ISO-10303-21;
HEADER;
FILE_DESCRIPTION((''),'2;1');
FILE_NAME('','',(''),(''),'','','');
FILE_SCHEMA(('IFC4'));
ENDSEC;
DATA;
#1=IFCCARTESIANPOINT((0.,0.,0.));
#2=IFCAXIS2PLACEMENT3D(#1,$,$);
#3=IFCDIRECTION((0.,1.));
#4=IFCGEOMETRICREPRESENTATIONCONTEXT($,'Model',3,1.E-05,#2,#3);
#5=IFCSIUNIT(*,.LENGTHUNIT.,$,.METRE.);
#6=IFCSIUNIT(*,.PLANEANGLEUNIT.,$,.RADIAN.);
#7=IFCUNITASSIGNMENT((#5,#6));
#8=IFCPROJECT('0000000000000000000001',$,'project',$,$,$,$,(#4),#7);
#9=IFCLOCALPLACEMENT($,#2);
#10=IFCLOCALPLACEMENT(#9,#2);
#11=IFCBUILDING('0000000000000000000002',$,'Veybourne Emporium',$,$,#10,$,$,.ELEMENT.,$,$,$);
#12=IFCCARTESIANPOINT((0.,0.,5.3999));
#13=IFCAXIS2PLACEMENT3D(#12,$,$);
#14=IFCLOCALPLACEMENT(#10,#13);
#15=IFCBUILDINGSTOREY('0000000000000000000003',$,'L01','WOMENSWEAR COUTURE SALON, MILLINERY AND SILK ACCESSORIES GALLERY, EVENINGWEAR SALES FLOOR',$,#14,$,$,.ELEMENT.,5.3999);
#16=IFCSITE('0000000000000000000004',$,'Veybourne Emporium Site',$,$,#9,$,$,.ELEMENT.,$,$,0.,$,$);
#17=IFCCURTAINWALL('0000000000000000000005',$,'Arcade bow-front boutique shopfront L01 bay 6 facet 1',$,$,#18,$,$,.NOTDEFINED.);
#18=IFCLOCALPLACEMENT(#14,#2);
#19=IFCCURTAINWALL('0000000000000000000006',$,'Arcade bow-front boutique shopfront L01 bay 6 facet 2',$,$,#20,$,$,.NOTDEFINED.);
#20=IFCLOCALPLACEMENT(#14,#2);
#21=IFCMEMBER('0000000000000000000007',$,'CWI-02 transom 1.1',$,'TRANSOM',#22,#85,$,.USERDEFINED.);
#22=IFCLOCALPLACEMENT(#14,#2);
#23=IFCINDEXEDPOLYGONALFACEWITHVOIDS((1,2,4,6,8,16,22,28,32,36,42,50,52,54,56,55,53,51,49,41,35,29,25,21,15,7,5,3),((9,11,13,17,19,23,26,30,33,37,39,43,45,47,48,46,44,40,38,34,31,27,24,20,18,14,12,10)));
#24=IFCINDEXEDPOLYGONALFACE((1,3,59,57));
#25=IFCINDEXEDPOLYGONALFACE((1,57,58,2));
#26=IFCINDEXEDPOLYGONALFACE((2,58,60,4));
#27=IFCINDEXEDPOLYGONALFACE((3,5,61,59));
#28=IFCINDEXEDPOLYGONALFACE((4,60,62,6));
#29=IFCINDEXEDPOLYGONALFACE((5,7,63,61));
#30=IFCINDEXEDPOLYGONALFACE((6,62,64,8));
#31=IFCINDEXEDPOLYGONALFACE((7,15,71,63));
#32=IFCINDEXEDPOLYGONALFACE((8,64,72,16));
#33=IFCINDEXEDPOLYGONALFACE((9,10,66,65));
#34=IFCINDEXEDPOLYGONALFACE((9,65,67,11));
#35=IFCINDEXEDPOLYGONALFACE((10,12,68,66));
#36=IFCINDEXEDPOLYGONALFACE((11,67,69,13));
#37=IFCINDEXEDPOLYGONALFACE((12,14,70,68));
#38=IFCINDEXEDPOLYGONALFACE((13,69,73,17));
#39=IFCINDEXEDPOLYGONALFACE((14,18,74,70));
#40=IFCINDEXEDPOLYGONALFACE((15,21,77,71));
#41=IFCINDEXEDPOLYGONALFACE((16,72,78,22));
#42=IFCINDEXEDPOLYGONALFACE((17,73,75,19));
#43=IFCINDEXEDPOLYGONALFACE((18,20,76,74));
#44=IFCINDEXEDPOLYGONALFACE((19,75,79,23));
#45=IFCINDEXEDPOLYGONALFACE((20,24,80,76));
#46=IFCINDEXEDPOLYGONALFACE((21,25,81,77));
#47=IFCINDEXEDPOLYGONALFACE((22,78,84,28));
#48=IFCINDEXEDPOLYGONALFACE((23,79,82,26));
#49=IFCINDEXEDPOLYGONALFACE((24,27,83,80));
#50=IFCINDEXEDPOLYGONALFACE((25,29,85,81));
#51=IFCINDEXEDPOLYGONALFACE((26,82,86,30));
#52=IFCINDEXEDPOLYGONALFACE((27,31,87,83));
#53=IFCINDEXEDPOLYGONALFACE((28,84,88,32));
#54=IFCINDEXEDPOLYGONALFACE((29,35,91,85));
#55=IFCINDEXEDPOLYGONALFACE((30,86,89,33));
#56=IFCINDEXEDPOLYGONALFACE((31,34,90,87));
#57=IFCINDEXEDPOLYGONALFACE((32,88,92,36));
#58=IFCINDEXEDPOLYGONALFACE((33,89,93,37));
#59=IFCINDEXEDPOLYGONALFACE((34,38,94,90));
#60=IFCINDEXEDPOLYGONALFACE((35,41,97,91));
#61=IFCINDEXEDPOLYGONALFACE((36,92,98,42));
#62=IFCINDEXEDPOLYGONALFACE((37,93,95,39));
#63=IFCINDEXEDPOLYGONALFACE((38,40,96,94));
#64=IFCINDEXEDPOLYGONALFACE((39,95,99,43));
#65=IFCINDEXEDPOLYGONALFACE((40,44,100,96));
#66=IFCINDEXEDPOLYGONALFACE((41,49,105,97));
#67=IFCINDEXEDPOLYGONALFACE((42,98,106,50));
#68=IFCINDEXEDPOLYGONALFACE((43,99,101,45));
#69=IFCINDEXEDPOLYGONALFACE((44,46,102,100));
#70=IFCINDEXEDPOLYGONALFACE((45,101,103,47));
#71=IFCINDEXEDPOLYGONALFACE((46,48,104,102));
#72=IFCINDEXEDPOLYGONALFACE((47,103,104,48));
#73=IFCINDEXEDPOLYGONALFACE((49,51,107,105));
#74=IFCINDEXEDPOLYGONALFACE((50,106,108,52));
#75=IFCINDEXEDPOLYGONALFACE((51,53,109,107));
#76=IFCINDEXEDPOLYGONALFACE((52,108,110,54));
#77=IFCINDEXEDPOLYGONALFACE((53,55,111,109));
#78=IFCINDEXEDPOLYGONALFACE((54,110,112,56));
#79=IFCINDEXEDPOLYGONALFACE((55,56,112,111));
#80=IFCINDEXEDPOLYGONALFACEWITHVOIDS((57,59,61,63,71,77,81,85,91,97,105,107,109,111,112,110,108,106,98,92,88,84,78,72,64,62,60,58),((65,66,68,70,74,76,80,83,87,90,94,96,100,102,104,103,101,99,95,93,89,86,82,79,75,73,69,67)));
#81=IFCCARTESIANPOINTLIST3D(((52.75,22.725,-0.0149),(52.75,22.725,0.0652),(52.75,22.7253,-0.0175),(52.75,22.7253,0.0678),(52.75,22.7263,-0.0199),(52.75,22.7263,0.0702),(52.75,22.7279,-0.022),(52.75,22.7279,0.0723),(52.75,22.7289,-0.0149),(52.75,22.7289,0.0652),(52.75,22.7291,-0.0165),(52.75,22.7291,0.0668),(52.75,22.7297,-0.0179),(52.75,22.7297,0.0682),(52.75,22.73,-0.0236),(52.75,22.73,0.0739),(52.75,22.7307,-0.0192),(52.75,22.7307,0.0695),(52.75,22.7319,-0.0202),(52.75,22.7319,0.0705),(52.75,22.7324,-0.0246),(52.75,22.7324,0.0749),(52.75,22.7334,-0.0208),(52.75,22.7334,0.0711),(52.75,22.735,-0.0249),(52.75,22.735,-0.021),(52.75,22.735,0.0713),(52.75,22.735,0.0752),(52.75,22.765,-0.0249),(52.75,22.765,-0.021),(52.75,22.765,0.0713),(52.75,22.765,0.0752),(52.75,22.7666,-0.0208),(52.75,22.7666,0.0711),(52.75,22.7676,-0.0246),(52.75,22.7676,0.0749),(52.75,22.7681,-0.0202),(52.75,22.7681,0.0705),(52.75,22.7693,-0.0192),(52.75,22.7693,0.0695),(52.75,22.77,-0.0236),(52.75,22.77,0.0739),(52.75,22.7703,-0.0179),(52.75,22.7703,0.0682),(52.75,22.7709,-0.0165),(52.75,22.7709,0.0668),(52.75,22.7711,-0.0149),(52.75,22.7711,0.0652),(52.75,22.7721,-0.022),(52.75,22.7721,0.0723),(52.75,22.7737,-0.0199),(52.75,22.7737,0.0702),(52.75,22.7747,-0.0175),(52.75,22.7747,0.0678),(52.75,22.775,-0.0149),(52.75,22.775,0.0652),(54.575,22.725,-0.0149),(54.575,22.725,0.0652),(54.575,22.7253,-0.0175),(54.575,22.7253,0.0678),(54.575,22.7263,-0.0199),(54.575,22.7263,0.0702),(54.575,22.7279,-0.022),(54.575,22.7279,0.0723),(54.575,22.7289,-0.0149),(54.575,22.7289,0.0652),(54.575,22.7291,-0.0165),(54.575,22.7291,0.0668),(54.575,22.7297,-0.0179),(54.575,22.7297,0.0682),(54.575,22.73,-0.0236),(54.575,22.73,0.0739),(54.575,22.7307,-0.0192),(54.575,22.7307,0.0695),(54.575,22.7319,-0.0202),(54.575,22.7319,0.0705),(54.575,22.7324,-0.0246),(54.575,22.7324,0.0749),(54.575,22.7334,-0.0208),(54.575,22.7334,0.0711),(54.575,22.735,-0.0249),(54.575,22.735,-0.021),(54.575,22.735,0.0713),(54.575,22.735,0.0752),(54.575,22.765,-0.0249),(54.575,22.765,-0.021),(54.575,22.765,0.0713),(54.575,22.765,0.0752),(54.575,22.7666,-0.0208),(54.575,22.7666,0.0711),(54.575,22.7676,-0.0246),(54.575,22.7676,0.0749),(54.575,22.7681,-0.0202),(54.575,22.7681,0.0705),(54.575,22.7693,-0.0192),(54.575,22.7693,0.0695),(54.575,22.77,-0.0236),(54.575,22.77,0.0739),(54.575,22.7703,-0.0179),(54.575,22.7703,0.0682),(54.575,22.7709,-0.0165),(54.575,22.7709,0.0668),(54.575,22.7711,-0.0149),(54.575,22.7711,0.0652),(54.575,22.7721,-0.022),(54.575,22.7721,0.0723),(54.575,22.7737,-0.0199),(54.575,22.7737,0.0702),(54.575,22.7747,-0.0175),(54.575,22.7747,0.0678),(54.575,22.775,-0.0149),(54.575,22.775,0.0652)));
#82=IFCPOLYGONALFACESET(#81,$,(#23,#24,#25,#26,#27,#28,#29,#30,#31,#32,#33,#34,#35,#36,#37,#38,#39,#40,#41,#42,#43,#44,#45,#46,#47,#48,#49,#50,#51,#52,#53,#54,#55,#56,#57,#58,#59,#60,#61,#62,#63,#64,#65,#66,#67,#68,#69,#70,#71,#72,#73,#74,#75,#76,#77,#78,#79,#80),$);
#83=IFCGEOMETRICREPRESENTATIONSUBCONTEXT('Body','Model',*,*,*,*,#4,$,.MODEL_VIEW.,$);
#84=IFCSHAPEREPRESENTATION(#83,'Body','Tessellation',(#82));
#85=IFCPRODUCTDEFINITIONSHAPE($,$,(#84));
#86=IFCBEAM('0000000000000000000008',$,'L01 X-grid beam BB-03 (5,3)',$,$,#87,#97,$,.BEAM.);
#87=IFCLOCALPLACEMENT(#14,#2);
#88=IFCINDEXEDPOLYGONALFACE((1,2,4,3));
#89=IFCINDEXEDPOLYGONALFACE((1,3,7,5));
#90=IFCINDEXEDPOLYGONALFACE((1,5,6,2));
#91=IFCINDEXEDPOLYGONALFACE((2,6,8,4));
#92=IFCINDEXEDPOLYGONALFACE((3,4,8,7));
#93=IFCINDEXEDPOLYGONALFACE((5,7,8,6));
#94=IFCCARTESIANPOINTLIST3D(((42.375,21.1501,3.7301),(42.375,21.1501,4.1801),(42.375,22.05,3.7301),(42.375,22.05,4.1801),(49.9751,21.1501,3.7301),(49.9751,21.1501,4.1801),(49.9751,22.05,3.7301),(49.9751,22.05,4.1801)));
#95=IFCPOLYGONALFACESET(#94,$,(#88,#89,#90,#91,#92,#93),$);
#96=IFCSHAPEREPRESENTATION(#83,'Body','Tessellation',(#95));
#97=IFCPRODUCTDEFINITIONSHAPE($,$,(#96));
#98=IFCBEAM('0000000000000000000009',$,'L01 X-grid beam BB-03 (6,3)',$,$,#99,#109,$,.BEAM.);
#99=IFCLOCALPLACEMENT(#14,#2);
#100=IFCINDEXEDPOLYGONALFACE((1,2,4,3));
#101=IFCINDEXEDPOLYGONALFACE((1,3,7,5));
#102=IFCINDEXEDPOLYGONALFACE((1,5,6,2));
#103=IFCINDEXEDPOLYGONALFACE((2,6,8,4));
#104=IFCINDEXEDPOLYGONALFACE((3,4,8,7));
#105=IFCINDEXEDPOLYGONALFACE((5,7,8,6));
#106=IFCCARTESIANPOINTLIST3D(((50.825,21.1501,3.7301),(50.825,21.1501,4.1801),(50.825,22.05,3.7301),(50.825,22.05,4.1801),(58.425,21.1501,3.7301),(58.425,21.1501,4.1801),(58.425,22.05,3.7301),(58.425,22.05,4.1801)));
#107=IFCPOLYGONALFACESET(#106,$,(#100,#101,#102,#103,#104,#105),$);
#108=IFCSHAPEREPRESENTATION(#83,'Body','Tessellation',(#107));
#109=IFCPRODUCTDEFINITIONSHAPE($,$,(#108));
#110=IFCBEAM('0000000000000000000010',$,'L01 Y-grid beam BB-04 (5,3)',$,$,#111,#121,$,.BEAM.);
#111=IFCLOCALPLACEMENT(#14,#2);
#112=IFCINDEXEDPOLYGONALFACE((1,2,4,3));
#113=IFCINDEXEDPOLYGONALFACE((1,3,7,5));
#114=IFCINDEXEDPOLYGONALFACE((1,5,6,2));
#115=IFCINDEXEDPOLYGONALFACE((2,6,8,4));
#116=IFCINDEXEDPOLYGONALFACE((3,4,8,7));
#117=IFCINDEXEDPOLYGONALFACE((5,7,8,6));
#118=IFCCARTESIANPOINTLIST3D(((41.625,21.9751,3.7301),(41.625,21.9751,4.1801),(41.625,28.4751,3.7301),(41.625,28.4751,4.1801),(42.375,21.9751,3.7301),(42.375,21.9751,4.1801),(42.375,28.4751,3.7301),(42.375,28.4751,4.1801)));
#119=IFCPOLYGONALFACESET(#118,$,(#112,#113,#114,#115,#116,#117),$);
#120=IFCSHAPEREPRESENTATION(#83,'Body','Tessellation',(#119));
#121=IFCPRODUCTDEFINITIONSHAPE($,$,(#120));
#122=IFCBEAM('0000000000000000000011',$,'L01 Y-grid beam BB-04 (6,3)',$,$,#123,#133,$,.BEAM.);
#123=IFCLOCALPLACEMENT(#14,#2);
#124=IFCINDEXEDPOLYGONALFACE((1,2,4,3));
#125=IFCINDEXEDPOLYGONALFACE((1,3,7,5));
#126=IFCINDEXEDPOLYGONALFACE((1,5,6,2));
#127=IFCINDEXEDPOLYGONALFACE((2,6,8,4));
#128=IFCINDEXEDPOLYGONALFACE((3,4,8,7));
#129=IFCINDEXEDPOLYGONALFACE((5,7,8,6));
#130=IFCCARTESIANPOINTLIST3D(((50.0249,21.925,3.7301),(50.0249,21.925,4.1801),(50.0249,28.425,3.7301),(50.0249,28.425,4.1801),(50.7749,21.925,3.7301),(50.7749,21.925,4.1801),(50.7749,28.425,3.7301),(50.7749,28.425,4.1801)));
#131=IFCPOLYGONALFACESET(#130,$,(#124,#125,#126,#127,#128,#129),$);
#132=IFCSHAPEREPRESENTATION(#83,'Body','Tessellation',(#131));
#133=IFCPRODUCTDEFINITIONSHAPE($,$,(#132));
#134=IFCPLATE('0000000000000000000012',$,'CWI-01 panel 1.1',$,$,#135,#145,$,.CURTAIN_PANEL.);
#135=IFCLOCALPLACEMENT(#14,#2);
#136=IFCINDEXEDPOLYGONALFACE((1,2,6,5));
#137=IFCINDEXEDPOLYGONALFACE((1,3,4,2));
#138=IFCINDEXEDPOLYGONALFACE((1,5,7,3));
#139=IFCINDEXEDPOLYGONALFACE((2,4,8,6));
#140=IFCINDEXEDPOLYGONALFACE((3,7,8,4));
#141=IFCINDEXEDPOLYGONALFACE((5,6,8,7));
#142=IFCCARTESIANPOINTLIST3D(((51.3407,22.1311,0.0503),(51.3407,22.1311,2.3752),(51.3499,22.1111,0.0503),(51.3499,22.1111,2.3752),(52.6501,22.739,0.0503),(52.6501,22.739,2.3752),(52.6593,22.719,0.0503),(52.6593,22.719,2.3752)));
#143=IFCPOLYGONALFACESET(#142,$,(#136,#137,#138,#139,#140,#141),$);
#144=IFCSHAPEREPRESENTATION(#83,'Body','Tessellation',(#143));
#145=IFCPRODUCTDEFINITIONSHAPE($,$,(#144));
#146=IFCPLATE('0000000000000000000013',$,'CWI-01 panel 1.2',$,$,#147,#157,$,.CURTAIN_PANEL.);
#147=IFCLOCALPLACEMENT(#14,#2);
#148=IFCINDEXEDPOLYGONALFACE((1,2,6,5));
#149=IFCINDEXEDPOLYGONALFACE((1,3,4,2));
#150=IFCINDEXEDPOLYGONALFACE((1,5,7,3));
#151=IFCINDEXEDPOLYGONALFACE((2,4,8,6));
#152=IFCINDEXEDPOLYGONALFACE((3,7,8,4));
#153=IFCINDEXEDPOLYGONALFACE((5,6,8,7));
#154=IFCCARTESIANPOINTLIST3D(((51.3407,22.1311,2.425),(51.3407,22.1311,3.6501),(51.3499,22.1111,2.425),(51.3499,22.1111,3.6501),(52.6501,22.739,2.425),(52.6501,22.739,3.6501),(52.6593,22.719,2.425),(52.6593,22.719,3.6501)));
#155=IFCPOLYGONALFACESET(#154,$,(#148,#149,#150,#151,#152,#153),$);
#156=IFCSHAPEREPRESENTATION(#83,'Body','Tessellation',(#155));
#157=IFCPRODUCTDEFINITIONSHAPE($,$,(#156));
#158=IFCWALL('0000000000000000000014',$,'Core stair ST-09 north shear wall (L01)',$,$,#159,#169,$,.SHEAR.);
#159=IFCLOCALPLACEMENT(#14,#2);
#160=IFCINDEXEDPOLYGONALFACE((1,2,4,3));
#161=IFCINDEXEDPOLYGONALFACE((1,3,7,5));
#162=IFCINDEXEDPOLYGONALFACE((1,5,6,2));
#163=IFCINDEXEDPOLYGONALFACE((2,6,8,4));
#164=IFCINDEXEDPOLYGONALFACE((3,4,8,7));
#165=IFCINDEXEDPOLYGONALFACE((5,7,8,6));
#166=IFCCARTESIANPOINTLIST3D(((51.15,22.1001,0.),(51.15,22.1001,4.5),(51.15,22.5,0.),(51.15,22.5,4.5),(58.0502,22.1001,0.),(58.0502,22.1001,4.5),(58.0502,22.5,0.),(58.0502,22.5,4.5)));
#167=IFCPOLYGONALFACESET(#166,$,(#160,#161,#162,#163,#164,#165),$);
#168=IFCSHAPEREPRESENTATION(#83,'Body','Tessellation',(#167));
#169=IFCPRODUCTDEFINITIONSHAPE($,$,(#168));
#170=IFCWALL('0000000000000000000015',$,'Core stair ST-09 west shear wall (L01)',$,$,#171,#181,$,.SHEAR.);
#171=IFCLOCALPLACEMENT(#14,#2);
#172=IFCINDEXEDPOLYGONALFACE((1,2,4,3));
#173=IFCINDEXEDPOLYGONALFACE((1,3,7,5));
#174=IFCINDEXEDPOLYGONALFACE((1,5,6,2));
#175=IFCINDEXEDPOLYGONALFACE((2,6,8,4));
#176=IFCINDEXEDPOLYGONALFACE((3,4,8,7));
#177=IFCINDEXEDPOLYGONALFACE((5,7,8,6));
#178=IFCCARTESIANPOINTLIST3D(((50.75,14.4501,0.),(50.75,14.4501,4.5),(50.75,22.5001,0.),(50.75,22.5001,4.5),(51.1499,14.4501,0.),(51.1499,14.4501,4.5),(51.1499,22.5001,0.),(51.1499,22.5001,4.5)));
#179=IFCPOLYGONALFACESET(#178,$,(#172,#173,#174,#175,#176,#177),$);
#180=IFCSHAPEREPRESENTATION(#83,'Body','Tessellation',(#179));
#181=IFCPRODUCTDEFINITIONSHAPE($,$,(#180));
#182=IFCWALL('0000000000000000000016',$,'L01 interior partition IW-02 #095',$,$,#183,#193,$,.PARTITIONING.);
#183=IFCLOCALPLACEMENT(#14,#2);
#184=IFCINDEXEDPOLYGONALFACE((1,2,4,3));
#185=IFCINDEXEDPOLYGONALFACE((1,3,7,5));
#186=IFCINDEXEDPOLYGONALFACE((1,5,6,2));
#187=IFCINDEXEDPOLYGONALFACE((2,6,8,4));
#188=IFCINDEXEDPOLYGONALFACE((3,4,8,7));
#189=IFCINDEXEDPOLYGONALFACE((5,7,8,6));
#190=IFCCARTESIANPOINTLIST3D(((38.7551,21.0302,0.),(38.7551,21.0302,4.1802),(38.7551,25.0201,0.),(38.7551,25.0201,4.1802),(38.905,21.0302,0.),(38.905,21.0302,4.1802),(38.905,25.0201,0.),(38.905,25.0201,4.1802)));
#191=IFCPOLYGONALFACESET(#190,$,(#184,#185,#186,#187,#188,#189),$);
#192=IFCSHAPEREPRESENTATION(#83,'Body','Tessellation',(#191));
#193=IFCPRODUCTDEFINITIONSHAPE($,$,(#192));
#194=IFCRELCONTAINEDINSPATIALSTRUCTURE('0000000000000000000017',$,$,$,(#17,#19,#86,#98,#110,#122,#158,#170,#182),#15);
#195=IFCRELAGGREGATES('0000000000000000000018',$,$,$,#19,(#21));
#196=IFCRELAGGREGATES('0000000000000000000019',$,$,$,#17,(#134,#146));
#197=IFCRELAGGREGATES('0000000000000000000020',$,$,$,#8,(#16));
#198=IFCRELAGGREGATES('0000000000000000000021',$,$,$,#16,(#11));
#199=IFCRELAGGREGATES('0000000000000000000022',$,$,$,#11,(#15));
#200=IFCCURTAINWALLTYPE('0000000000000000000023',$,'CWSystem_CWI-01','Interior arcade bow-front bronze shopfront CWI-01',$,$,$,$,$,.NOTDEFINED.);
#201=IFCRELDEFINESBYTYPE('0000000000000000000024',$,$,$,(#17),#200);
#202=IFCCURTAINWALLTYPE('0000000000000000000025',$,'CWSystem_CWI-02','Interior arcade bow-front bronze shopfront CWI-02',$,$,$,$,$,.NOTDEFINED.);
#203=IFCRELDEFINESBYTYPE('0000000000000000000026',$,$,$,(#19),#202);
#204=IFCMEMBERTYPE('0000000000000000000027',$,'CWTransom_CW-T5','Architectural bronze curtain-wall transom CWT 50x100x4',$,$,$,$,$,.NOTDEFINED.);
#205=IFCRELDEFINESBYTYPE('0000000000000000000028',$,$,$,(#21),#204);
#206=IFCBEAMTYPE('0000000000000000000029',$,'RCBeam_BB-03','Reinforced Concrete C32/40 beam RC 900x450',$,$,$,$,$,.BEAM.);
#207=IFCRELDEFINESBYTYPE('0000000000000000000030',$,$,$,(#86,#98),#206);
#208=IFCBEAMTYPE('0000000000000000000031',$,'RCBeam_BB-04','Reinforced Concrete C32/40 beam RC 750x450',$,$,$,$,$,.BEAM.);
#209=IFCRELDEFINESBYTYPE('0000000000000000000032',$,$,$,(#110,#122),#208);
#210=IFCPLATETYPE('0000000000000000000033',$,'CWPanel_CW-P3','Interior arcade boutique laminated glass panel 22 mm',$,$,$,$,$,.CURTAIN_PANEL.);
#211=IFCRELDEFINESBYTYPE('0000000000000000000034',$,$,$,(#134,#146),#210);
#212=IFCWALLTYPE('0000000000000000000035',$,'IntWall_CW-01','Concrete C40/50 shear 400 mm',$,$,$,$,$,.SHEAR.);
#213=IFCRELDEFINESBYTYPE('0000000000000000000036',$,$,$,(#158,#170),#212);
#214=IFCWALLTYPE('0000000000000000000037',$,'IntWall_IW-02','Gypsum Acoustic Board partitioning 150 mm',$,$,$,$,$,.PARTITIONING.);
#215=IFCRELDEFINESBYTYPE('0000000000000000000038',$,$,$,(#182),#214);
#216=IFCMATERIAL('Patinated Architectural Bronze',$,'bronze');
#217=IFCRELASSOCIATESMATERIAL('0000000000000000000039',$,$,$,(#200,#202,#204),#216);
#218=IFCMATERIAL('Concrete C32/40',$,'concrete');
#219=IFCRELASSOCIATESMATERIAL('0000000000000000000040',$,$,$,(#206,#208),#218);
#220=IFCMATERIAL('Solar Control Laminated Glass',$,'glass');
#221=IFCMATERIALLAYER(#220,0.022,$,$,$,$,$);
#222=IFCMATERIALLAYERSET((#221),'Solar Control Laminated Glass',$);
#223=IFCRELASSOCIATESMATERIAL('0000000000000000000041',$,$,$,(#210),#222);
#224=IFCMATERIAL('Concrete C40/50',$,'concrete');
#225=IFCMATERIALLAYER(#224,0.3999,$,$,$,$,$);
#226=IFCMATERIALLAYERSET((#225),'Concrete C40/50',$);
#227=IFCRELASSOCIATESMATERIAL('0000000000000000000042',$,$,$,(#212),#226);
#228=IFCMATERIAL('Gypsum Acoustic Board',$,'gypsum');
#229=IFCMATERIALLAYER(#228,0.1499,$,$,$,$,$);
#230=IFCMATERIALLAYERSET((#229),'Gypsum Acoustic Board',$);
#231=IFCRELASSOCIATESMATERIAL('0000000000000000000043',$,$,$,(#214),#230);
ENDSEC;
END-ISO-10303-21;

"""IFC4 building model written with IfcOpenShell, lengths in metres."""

from ifc_helpers import new_model, si_unit, direction, frame, frame_2d, origin, origin_2d, place, context, subcontext, project, spatial, rectangle, hollow_rectangle, extrude, material, layer, layer_set, material_profile, profile_set, type_object, element, aggregate, save


model = new_model("IFC4")

# Units and contexts
model_context = context("Model", 3, precision=1e-05, world=origin(), true_north=direction((0.0, 1.0)))
body_context = subcontext(model_context, "Body", "Model", "MODEL_VIEW")
ifc_project = project(units=[si_unit("LENGTHUNIT", "METRE"), si_unit("PLANEANGLEUNIT", "RADIAN")], contexts=[model_context])

# Site, building, storey
site_placement = place(None, origin())
site = spatial("IfcSite", under=ifc_project, at=site_placement, Name="Veybourne Emporium Site", CompositionType="ELEMENT", RefElevation=0.0)
building_placement = place(site_placement, origin())
building = spatial("IfcBuilding", under=site, at=building_placement, Name="Veybourne Emporium", CompositionType="ELEMENT")
storey_placement = place(building_placement, frame((0.0, 0.0, 5.3999)))
storey = spatial("IfcBuildingStorey", under=building, at=storey_placement, Name="L01", Description="WOMENSWEAR COUTURE SALON, MILLINERY AND SILK ACCESSORIES GALLERY, EVENINGWEAR SALES FLOOR", CompositionType="ELEMENT", Elevation=5.3999)

# Shared definitions
ifc_material_1 = material(Name="Concrete C40/50", Category="concrete")

# Curtain wall
ifc_material_2 = material(Name="Patinated Architectural Bronze", Category="bronze")
curtain_wall_type_1 = type_object("IfcCurtainWallType", Name="CWSystem_CWI-01", Description="Interior arcade bow-front bronze shopfront CWI-01", PredefinedType="NOTDEFINED", material=ifc_material_2)
curtain_wall_1_placement = place(storey_placement, origin())
curtain_wall_1 = element("IfcCurtainWall", 1, at=curtain_wall_1_placement, inside=storey, type_object=curtain_wall_type_1, Name="Arcade bow-front boutique shopfront L01 bay 6 facet 1", PredefinedType="NOTDEFINED")

# Curtain wall
curtain_wall_type_2 = type_object("IfcCurtainWallType", Name="CWSystem_CWI-02", Description="Interior arcade bow-front bronze shopfront CWI-02", PredefinedType="NOTDEFINED", material=ifc_material_2)
curtain_wall_2_placement = place(storey_placement, origin())
curtain_wall_2 = element("IfcCurtainWall", 2, at=curtain_wall_2_placement, inside=storey, type_object=curtain_wall_type_2, Name="Arcade bow-front boutique shopfront L01 bay 6 facet 2", PredefinedType="NOTDEFINED")

# Member
ifc_material_profile_1 = material_profile(ifc_material_2, hollow_rectangle(XDim=0.05, YDim=0.1001, WallThickness=0.0039, InnerFilletRadius=0.0061, OuterFilletRadius=0.01, at=origin_2d()), Name="CWT 50x100x4")
ifc_profile_set_1 = profile_set([ifc_material_profile_1], Name="Patinated Architectural Bronze")
member_type_1 = type_object("IfcMemberType", Name="CWTransom_CW-T5", Description="Architectural bronze curtain-wall transom CWT 50x100x4", PredefinedType="NOTDEFINED", material=ifc_profile_set_1)
member_1_placement = place(storey_placement, frame((52.75, 22.75, 0.0251), z_axis=(1.0, 0.0, 0.0), x_axis=(0.0, 1.0, 0.0)))
member_1 = element("IfcMember", 3, at=member_1_placement, type_object=member_type_1, Name="CWI-02 transom 1.1", ObjectType="TRANSOM", PredefinedType="USERDEFINED", context=body_context, shape_type="SweptSolid", body=[
    extrude(hollow_rectangle(XDim=0.05, YDim=0.1001, WallThickness=0.0039, InnerFilletRadius=0.0061, OuterFilletRadius=0.01, at=origin_2d()), origin(), (0.0, 0.0, 1.0), 1.825),
])
aggregate(curtain_wall_2, [member_1])

# Beams
ifc_material_3 = material(Name="Concrete C32/40", Category="concrete")
ifc_material_profile_2 = material_profile(ifc_material_3, rectangle(XDim=0.8999, YDim=0.45, at=origin_2d()), Name="RC 900x450")
ifc_profile_set_2 = profile_set([ifc_material_profile_2], Name="Concrete C32/40")
beam_type_1 = type_object("IfcBeamType", Name="RCBeam_BB-03", Description="Reinforced Concrete C32/40 beam RC 900x450", PredefinedType="BEAM", material=ifc_profile_set_2)
for number, where, z_axis, x_axis, name in (
    (4, (42.375, 21.6001, 3.9551), (1.0, 0.0, 0.0), (0.0, 1.0, 0.0), "L01 X-grid beam BB-03 (5,3)"),
    (5, (50.825, 21.6001, 3.9551), (1.0, 0.0, 0.0), (0.0, 1.0, 0.0), "L01 X-grid beam BB-03 (6,3)"),
):
    element("IfcBeam", number, at=place(storey_placement, frame(where, z_axis=z_axis, x_axis=x_axis)), inside=storey, type_object=beam_type_1, Name=name, PredefinedType="BEAM", context=body_context, shape_type="SweptSolid", body=[
        extrude(rectangle(XDim=0.8999, YDim=0.45, at=origin_2d()), origin(), (0.0, 0.0, 1.0), 7.6001),
    ])
ifc_material_profile_3 = material_profile(ifc_material_3, rectangle(XDim=0.75, YDim=0.45, at=origin_2d()), Name="RC 750x450")
ifc_profile_set_3 = profile_set([ifc_material_profile_3], Name="Concrete C32/40")
beam_type_2 = type_object("IfcBeamType", Name="RCBeam_BB-04", Description="Reinforced Concrete C32/40 beam RC 750x450", PredefinedType="BEAM", material=ifc_profile_set_3)
for number, where, z_axis, x_axis, name in (
    (6, (42.0, 21.9751, 3.9551), (0.0, 1.0, 0.0), (-1.0, 0.0, 0.0), "L01 Y-grid beam BB-04 (5,3)"),
    (7, (50.3999, 21.925, 3.9551), (0.0, 1.0, 0.0), (-1.0, 0.0, 0.0), "L01 Y-grid beam BB-04 (6,3)"),
):
    element("IfcBeam", number, at=place(storey_placement, frame(where, z_axis=z_axis, x_axis=x_axis)), inside=storey, type_object=beam_type_2, Name=name, PredefinedType="BEAM", context=body_context, shape_type="SweptSolid", body=[
        extrude(rectangle(XDim=0.75, YDim=0.45, at=origin_2d()), origin(), (0.0, 0.0, 1.0), 6.5),
    ])

# Plates
ifc_material_4 = material(Name="Solar Control Laminated Glass", Category="glass")
ifc_layer_1 = layer(ifc_material_4, 0.022)
ifc_layer_set_1 = layer_set([ifc_layer_1], Name="Solar Control Laminated Glass")
plate_type = type_object("IfcPlateType", Name="CWPanel_CW-P3", Description="Interior arcade boutique laminated glass panel 22 mm", PredefinedType="CURTAIN_PANEL", material=ifc_layer_set_1)
plate_1_placement = place(storey_placement, frame((52.0, 22.425, 0.0503), z_axis=(0.0, 0.0, 1.0), x_axis=(0.907009, 0.421111, 0.0)))
plate_1 = element("IfcPlate", 8, at=plate_1_placement, type_object=plate_type, Name="CWI-01 panel 1.1", PredefinedType="CURTAIN_PANEL", context=body_context, shape_type="SweptSolid", body=[
    extrude(rectangle(XDim=1.4436, YDim=0.022, at=origin_2d()), origin(), (0.0, 0.0, 1.0), 2.325),
])
plate_2_placement = place(storey_placement, frame((52.0, 22.425, 2.425), z_axis=(0.0, 0.0, 1.0), x_axis=(0.907009, 0.421111, 0.0)))
plate_2 = element("IfcPlate", 9, at=plate_2_placement, type_object=plate_type, Name="CWI-01 panel 1.2", PredefinedType="CURTAIN_PANEL", context=body_context, shape_type="SweptSolid", body=[
    extrude(rectangle(XDim=1.4436, YDim=0.022, at=origin_2d()), origin(), (0.0, 0.0, 1.0), 1.2251),
])
aggregate(curtain_wall_1, [plate_1, plate_2])

# Walls
ifc_layer_2 = layer(ifc_material_1, 0.3999)
ifc_layer_set_2 = layer_set([ifc_layer_2], Name="Concrete C40/50")
wall_type_1 = type_object("IfcWallType", Name="IntWall_CW-01", Description="Concrete C40/50 shear 400 mm", PredefinedType="SHEAR", material=ifc_layer_set_2)
wall_1_placement = place(storey_placement, frame((51.1499, 22.3, 0.0), z_axis=(0.0, 0.0, 1.0), x_axis=(1.0, 0.0, 0.0)))
element("IfcWall", 10, at=wall_1_placement, inside=storey, type_object=wall_type_1, Name="Core stair ST-09 north shear wall (L01)", PredefinedType="SHEAR", context=body_context, shape_type="SweptSolid", body=[
    extrude(rectangle(XDim=6.9001, YDim=0.3999, at=frame_2d((3.4502, 0.0))), origin(), (0.0, 0.0, 1.0), 4.5),
])
wall_2_placement = place(storey_placement, frame((50.95, 22.5, 0.0), z_axis=(0.0, 0.0, 1.0), x_axis=(0.0, -1.0, 0.0)))
element("IfcWall", 11, at=wall_2_placement, inside=storey, type_object=wall_type_1, Name="Core stair ST-09 west shear wall (L01)", PredefinedType="SHEAR", context=body_context, shape_type="SweptSolid", body=[
    extrude(rectangle(XDim=8.05, YDim=0.3999, at=frame_2d((4.0249, 0.0))), origin(), (0.0, 0.0, 1.0), 4.5),
])
ifc_material_5 = material(Name="Gypsum Acoustic Board", Category="gypsum")
ifc_layer_3 = layer(ifc_material_5, 0.1499)
ifc_layer_set_3 = layer_set([ifc_layer_3], Name="Gypsum Acoustic Board")
wall_type_2 = type_object("IfcWallType", Name="IntWall_IW-02", Description="Gypsum Acoustic Board partitioning 150 mm", PredefinedType="PARTITIONING", material=ifc_layer_set_3)
wall_3_placement = place(storey_placement, frame((38.8301, 21.03, 0.0), z_axis=(0.0, 0.0, 1.0), x_axis=(0.0, 1.0, 0.0)))
element("IfcWall", 12, at=wall_3_placement, inside=storey, type_object=wall_type_2, Name="L01 interior partition IW-02 #095", PredefinedType="PARTITIONING", context=body_context, shape_type="SweptSolid", body=[
    extrude(rectangle(XDim=3.99, YDim=0.1499, at=frame_2d((1.9951, 0.0))), origin(), (0.0, 0.0, 1.0), 4.1802),
])

save(model, "model.ifc")
